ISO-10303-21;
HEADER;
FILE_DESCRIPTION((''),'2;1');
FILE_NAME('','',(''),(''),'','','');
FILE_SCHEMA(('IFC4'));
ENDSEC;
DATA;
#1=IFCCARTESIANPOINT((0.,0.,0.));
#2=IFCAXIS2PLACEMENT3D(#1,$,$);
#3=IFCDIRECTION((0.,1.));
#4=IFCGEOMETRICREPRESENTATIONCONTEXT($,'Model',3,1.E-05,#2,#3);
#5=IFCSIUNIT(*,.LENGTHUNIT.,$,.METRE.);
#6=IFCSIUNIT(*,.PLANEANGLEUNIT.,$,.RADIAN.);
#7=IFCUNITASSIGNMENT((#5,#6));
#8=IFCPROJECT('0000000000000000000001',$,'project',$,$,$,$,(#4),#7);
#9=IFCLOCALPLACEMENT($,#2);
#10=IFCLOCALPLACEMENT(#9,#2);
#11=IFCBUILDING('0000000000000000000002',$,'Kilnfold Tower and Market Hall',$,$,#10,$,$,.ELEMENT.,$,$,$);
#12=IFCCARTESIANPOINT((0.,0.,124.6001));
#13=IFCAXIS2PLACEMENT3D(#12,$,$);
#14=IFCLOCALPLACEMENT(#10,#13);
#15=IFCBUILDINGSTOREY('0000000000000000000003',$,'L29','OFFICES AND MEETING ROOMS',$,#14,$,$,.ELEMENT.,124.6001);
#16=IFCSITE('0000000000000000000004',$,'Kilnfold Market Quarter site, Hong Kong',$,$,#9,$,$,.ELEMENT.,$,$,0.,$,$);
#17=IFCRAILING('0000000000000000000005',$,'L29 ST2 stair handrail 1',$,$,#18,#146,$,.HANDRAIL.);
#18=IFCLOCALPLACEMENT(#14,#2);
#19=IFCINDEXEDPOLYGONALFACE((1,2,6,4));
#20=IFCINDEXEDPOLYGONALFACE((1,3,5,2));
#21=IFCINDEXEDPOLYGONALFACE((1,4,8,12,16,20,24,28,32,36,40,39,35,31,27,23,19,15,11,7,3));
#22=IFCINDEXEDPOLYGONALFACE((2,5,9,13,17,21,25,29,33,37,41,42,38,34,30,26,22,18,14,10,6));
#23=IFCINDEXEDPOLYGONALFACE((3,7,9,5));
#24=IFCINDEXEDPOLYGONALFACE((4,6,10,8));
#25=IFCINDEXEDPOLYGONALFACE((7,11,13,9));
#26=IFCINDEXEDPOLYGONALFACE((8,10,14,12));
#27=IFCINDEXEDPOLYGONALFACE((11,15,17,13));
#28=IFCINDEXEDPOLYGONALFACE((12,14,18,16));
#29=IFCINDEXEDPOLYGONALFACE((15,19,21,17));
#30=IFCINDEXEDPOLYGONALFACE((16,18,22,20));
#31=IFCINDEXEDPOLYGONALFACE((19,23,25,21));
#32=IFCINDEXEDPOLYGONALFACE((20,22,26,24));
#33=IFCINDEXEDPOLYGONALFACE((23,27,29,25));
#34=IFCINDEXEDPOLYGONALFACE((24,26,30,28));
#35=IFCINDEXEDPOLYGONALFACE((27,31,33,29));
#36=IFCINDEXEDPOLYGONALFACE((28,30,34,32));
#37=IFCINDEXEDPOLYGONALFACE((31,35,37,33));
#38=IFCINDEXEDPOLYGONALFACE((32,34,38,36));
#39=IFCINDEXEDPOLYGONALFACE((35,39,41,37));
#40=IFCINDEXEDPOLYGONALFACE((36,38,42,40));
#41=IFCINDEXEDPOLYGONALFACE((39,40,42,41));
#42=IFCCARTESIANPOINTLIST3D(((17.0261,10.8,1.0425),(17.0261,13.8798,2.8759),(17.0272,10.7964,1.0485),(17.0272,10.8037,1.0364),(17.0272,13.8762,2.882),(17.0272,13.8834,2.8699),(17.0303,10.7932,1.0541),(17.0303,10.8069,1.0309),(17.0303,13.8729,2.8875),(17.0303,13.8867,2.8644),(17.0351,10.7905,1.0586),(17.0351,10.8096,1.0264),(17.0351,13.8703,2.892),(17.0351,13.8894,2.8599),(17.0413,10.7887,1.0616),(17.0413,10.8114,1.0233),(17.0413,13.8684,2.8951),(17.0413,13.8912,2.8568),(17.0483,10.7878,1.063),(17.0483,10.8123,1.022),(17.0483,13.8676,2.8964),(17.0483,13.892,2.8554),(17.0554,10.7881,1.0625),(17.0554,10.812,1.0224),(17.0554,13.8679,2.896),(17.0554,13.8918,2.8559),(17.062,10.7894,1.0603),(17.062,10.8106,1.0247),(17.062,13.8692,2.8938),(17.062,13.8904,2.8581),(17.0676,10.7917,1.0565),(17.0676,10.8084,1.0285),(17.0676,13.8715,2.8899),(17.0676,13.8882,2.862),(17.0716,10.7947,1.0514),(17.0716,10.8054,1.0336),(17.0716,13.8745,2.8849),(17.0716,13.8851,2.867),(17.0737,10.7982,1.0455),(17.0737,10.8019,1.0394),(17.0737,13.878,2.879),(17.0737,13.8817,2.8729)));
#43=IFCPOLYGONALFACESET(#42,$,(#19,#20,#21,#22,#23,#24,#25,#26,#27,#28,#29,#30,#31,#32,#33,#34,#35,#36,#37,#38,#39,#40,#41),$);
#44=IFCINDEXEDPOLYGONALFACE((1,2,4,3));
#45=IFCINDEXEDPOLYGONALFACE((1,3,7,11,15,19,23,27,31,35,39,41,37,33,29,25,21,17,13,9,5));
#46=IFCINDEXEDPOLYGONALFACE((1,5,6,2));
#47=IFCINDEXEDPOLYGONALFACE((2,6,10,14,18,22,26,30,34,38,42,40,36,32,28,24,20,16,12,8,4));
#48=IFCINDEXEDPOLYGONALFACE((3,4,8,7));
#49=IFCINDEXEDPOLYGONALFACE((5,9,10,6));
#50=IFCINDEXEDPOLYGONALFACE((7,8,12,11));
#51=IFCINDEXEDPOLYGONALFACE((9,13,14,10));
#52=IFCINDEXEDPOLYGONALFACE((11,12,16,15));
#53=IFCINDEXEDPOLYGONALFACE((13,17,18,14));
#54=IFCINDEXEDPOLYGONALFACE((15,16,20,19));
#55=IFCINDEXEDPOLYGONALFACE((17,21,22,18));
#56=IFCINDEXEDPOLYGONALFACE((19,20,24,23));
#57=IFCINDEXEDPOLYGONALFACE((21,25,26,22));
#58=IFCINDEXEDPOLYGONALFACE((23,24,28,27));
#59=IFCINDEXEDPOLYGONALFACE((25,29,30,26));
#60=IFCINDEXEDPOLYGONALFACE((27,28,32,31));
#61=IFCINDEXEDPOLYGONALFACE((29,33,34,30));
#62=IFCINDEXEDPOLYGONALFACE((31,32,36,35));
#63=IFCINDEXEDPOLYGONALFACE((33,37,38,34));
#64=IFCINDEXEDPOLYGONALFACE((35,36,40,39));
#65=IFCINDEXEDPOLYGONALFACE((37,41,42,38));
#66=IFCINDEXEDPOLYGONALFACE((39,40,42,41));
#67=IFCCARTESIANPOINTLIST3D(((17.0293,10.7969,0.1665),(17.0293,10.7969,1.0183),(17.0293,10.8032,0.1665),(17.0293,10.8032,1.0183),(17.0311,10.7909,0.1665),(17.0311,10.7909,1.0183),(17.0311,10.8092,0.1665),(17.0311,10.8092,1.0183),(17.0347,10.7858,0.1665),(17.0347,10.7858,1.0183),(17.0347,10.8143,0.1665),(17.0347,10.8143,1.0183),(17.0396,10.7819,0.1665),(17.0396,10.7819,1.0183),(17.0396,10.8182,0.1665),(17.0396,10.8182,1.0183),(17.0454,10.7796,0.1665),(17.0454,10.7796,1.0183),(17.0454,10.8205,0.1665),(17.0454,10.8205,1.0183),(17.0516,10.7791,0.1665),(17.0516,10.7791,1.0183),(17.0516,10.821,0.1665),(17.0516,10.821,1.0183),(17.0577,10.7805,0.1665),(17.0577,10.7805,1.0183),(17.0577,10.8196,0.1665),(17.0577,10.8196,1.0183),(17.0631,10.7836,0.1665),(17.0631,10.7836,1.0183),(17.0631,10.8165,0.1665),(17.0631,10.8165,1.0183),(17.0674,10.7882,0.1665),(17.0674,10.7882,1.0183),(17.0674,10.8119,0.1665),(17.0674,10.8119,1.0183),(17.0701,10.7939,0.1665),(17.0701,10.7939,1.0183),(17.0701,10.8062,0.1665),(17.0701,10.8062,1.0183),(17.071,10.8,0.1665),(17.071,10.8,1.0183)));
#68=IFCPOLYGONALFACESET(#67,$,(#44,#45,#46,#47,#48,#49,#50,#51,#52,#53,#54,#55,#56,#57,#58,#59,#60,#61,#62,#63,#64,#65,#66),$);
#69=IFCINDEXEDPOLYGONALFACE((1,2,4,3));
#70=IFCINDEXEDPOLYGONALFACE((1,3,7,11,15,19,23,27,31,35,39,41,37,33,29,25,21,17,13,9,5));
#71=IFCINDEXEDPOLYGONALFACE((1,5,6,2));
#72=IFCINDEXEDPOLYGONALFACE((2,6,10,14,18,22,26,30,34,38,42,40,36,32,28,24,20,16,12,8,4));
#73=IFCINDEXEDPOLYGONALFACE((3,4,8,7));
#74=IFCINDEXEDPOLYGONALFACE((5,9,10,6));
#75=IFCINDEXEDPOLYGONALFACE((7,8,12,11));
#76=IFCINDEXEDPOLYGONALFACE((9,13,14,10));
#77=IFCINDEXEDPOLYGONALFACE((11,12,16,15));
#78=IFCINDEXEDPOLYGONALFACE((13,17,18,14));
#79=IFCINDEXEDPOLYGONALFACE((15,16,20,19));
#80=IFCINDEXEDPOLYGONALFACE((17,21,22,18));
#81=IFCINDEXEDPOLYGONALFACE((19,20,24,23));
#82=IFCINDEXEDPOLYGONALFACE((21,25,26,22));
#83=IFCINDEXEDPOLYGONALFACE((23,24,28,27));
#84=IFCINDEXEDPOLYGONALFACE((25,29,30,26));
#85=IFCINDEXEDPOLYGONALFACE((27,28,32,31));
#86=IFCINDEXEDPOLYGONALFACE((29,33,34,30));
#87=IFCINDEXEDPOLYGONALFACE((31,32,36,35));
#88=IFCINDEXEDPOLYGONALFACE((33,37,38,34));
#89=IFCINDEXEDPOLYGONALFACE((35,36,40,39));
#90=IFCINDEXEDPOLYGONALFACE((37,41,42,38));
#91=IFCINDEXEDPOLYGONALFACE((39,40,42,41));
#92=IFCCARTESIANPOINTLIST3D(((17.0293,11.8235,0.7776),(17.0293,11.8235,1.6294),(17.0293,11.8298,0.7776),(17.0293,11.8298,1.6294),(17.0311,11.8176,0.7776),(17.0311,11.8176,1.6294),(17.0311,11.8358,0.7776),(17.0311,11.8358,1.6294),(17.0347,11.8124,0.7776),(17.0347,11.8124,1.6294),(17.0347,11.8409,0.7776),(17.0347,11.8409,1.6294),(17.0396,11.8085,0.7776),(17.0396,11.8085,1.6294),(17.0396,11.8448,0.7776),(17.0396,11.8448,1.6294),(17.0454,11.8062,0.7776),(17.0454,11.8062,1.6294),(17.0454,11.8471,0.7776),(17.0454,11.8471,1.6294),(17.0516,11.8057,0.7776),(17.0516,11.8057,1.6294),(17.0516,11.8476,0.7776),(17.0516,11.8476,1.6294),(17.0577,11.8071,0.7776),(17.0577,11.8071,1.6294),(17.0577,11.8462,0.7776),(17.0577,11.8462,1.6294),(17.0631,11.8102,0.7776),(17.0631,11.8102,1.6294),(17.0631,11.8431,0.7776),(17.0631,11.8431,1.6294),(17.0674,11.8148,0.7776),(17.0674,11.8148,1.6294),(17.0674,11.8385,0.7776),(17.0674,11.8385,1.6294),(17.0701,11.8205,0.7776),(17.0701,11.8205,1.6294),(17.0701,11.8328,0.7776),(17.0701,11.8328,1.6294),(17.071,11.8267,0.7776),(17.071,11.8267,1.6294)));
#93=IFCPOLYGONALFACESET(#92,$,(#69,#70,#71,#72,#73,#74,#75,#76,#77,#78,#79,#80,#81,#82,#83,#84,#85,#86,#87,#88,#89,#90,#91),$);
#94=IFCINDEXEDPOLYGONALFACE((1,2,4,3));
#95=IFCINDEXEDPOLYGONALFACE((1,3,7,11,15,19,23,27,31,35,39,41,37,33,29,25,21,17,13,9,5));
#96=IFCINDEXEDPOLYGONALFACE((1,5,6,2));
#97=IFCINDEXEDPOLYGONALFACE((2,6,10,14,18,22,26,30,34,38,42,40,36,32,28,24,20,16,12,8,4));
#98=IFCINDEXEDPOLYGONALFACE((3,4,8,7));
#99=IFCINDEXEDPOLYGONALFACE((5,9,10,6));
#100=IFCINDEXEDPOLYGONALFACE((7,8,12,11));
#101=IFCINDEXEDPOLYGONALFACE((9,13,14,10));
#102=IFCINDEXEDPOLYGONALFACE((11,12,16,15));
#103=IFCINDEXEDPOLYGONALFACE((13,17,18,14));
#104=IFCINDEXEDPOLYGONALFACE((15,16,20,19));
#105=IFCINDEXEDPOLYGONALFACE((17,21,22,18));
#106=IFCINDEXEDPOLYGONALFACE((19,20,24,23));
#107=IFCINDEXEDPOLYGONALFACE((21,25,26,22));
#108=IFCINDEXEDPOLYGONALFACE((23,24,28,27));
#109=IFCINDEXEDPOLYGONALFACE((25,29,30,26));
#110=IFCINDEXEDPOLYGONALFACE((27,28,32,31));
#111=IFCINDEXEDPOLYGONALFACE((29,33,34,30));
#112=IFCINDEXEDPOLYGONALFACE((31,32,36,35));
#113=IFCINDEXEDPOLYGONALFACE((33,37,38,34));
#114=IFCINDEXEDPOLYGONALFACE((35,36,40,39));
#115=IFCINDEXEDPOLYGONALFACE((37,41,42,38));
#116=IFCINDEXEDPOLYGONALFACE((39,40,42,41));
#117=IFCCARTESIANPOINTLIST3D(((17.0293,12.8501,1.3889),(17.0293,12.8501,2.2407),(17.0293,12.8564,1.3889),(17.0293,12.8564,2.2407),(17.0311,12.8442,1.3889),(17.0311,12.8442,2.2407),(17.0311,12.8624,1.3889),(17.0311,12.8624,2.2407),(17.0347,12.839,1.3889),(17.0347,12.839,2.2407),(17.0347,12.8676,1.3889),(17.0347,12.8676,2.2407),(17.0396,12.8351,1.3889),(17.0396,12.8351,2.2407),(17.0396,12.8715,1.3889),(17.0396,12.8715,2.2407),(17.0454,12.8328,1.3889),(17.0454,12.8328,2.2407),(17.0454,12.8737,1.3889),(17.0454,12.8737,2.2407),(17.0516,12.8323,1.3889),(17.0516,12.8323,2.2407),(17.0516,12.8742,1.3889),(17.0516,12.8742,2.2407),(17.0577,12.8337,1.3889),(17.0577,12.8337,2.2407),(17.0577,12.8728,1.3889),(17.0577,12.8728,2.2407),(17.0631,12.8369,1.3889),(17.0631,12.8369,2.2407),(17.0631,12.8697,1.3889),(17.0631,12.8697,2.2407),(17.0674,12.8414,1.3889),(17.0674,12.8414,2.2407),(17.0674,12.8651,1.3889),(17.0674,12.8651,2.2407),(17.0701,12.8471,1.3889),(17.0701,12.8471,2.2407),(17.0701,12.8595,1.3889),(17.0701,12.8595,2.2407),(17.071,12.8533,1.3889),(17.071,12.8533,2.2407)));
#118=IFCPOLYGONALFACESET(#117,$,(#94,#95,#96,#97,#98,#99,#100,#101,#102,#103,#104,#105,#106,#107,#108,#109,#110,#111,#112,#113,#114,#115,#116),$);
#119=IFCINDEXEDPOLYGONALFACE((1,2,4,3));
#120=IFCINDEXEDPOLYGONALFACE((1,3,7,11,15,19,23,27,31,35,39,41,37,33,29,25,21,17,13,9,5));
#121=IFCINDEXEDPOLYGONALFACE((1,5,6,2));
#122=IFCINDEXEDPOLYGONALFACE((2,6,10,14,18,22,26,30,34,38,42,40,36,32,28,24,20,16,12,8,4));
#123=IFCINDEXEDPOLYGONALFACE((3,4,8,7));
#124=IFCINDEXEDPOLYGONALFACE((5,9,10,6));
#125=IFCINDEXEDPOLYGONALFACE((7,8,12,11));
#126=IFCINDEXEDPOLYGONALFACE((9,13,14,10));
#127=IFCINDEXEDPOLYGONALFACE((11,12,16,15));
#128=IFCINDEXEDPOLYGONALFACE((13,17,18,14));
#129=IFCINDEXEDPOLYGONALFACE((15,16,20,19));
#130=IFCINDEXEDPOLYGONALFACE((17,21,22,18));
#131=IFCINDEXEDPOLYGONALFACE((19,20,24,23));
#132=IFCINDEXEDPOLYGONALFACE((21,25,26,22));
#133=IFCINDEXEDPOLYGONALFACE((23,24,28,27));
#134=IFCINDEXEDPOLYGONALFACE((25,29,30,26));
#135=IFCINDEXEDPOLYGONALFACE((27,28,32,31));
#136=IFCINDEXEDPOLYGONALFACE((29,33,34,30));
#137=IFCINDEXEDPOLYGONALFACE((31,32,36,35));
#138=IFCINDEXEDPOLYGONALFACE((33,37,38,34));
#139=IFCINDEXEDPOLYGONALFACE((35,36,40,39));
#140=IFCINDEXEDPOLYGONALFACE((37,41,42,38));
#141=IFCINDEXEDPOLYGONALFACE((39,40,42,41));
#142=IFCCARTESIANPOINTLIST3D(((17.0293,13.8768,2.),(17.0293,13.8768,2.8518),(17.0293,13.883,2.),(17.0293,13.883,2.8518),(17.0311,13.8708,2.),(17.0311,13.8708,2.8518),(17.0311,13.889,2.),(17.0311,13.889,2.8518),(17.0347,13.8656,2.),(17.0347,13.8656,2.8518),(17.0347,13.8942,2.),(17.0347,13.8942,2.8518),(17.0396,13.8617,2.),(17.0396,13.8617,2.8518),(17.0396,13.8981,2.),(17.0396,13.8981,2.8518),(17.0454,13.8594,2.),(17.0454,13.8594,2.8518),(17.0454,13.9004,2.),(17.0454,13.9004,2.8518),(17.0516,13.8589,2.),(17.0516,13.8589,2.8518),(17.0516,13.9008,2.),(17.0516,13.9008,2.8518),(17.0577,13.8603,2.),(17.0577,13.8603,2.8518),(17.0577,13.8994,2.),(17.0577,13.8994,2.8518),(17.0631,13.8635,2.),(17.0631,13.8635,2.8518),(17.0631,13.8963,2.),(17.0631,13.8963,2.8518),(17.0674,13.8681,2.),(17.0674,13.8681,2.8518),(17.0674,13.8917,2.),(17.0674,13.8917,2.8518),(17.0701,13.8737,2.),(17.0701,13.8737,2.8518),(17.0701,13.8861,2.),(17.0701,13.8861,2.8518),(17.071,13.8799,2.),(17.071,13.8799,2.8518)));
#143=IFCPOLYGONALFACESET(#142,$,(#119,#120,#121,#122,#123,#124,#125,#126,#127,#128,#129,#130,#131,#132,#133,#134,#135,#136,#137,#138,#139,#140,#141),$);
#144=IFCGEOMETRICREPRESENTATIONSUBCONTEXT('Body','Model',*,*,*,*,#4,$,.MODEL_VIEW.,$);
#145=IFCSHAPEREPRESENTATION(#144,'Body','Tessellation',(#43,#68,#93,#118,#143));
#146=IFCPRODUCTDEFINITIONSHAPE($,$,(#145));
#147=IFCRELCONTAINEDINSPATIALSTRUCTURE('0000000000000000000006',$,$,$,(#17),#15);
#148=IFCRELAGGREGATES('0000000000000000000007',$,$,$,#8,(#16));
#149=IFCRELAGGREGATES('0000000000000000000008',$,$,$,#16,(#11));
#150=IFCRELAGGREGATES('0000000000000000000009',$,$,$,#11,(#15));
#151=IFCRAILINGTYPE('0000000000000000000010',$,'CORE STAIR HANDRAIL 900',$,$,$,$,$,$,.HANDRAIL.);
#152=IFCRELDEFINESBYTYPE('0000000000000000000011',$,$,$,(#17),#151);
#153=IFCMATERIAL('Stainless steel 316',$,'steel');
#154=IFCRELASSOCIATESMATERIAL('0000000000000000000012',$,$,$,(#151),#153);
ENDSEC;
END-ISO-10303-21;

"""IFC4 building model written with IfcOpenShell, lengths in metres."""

from ifc_helpers import new_model, si_unit, direction, frame, origin, origin_2d, place, context, subcontext, project, spatial, circle, extrude, material, type_object, element, save


model = new_model("IFC4")

# Units and contexts
model_context = context("Model", 3, precision=1e-05, world=origin(), true_north=direction((0.0, 1.0)))
body_context = subcontext(model_context, "Body", "Model", "MODEL_VIEW")
ifc_project = project(units=[si_unit("LENGTHUNIT", "METRE"), si_unit("PLANEANGLEUNIT", "RADIAN")], contexts=[model_context])

# Site, building, storey
site_placement = place(None, origin())
site = spatial("IfcSite", under=ifc_project, at=site_placement, Name="Kilnfold Market Quarter site, Hong Kong", CompositionType="ELEMENT", RefElevation=0.0)
building_placement = place(site_placement, origin())
building = spatial("IfcBuilding", under=site, at=building_placement, Name="Kilnfold Tower and Market Hall", CompositionType="ELEMENT")
storey_placement = place(building_placement, frame((0.0, 0.0, 124.6001)))
storey = spatial("IfcBuildingStorey", under=building, at=storey_placement, Name="L29", Description="OFFICES AND MEETING ROOMS", CompositionType="ELEMENT", Elevation=124.6001)

# Railing
ifc_material_1 = material(Name="Stainless steel 316", Category="steel")
railing_type_1 = type_object("IfcRailingType", Name="CORE STAIR HANDRAIL 900", PredefinedType="HANDRAIL", material=ifc_material_1)
railing_1_placement = place(storey_placement, frame((17.05, 10.8, 0.1665)))
element("IfcRailing", 1, at=railing_1_placement, inside=storey, type_object=railing_type_1, Name="L29 ST2 stair handrail 1", PredefinedType="HANDRAIL", context=body_context, shape_type="SweptSolid", body=[
    extrude(circle(Radius=0.0239, at=origin_2d()), frame((0.0, 0.0, 0.876), z_axis=(0.0, 0.859261, 0.511538), x_axis=(-1.0, 0.0, 0.0)), (0.0, 0.0, 1.0), 3.5842),
    extrude(circle(Radius=0.021, at=origin_2d()), origin(), (0.0, 0.0, 1.0), 0.8518),
    extrude(circle(Radius=0.021, at=origin_2d()), frame((0.0, 1.0266, 0.6111)), (0.0, 0.0, 1.0), 0.8518),
    extrude(circle(Radius=0.021, at=origin_2d()), frame((0.0, 2.0532, 1.2224)), (0.0, 0.0, 1.0), 0.8518),
    extrude(circle(Radius=0.021, at=origin_2d()), frame((0.0, 3.0798, 1.8335)), (0.0, 0.0, 1.0), 0.8518),
])

save(model, "model.ifc")
